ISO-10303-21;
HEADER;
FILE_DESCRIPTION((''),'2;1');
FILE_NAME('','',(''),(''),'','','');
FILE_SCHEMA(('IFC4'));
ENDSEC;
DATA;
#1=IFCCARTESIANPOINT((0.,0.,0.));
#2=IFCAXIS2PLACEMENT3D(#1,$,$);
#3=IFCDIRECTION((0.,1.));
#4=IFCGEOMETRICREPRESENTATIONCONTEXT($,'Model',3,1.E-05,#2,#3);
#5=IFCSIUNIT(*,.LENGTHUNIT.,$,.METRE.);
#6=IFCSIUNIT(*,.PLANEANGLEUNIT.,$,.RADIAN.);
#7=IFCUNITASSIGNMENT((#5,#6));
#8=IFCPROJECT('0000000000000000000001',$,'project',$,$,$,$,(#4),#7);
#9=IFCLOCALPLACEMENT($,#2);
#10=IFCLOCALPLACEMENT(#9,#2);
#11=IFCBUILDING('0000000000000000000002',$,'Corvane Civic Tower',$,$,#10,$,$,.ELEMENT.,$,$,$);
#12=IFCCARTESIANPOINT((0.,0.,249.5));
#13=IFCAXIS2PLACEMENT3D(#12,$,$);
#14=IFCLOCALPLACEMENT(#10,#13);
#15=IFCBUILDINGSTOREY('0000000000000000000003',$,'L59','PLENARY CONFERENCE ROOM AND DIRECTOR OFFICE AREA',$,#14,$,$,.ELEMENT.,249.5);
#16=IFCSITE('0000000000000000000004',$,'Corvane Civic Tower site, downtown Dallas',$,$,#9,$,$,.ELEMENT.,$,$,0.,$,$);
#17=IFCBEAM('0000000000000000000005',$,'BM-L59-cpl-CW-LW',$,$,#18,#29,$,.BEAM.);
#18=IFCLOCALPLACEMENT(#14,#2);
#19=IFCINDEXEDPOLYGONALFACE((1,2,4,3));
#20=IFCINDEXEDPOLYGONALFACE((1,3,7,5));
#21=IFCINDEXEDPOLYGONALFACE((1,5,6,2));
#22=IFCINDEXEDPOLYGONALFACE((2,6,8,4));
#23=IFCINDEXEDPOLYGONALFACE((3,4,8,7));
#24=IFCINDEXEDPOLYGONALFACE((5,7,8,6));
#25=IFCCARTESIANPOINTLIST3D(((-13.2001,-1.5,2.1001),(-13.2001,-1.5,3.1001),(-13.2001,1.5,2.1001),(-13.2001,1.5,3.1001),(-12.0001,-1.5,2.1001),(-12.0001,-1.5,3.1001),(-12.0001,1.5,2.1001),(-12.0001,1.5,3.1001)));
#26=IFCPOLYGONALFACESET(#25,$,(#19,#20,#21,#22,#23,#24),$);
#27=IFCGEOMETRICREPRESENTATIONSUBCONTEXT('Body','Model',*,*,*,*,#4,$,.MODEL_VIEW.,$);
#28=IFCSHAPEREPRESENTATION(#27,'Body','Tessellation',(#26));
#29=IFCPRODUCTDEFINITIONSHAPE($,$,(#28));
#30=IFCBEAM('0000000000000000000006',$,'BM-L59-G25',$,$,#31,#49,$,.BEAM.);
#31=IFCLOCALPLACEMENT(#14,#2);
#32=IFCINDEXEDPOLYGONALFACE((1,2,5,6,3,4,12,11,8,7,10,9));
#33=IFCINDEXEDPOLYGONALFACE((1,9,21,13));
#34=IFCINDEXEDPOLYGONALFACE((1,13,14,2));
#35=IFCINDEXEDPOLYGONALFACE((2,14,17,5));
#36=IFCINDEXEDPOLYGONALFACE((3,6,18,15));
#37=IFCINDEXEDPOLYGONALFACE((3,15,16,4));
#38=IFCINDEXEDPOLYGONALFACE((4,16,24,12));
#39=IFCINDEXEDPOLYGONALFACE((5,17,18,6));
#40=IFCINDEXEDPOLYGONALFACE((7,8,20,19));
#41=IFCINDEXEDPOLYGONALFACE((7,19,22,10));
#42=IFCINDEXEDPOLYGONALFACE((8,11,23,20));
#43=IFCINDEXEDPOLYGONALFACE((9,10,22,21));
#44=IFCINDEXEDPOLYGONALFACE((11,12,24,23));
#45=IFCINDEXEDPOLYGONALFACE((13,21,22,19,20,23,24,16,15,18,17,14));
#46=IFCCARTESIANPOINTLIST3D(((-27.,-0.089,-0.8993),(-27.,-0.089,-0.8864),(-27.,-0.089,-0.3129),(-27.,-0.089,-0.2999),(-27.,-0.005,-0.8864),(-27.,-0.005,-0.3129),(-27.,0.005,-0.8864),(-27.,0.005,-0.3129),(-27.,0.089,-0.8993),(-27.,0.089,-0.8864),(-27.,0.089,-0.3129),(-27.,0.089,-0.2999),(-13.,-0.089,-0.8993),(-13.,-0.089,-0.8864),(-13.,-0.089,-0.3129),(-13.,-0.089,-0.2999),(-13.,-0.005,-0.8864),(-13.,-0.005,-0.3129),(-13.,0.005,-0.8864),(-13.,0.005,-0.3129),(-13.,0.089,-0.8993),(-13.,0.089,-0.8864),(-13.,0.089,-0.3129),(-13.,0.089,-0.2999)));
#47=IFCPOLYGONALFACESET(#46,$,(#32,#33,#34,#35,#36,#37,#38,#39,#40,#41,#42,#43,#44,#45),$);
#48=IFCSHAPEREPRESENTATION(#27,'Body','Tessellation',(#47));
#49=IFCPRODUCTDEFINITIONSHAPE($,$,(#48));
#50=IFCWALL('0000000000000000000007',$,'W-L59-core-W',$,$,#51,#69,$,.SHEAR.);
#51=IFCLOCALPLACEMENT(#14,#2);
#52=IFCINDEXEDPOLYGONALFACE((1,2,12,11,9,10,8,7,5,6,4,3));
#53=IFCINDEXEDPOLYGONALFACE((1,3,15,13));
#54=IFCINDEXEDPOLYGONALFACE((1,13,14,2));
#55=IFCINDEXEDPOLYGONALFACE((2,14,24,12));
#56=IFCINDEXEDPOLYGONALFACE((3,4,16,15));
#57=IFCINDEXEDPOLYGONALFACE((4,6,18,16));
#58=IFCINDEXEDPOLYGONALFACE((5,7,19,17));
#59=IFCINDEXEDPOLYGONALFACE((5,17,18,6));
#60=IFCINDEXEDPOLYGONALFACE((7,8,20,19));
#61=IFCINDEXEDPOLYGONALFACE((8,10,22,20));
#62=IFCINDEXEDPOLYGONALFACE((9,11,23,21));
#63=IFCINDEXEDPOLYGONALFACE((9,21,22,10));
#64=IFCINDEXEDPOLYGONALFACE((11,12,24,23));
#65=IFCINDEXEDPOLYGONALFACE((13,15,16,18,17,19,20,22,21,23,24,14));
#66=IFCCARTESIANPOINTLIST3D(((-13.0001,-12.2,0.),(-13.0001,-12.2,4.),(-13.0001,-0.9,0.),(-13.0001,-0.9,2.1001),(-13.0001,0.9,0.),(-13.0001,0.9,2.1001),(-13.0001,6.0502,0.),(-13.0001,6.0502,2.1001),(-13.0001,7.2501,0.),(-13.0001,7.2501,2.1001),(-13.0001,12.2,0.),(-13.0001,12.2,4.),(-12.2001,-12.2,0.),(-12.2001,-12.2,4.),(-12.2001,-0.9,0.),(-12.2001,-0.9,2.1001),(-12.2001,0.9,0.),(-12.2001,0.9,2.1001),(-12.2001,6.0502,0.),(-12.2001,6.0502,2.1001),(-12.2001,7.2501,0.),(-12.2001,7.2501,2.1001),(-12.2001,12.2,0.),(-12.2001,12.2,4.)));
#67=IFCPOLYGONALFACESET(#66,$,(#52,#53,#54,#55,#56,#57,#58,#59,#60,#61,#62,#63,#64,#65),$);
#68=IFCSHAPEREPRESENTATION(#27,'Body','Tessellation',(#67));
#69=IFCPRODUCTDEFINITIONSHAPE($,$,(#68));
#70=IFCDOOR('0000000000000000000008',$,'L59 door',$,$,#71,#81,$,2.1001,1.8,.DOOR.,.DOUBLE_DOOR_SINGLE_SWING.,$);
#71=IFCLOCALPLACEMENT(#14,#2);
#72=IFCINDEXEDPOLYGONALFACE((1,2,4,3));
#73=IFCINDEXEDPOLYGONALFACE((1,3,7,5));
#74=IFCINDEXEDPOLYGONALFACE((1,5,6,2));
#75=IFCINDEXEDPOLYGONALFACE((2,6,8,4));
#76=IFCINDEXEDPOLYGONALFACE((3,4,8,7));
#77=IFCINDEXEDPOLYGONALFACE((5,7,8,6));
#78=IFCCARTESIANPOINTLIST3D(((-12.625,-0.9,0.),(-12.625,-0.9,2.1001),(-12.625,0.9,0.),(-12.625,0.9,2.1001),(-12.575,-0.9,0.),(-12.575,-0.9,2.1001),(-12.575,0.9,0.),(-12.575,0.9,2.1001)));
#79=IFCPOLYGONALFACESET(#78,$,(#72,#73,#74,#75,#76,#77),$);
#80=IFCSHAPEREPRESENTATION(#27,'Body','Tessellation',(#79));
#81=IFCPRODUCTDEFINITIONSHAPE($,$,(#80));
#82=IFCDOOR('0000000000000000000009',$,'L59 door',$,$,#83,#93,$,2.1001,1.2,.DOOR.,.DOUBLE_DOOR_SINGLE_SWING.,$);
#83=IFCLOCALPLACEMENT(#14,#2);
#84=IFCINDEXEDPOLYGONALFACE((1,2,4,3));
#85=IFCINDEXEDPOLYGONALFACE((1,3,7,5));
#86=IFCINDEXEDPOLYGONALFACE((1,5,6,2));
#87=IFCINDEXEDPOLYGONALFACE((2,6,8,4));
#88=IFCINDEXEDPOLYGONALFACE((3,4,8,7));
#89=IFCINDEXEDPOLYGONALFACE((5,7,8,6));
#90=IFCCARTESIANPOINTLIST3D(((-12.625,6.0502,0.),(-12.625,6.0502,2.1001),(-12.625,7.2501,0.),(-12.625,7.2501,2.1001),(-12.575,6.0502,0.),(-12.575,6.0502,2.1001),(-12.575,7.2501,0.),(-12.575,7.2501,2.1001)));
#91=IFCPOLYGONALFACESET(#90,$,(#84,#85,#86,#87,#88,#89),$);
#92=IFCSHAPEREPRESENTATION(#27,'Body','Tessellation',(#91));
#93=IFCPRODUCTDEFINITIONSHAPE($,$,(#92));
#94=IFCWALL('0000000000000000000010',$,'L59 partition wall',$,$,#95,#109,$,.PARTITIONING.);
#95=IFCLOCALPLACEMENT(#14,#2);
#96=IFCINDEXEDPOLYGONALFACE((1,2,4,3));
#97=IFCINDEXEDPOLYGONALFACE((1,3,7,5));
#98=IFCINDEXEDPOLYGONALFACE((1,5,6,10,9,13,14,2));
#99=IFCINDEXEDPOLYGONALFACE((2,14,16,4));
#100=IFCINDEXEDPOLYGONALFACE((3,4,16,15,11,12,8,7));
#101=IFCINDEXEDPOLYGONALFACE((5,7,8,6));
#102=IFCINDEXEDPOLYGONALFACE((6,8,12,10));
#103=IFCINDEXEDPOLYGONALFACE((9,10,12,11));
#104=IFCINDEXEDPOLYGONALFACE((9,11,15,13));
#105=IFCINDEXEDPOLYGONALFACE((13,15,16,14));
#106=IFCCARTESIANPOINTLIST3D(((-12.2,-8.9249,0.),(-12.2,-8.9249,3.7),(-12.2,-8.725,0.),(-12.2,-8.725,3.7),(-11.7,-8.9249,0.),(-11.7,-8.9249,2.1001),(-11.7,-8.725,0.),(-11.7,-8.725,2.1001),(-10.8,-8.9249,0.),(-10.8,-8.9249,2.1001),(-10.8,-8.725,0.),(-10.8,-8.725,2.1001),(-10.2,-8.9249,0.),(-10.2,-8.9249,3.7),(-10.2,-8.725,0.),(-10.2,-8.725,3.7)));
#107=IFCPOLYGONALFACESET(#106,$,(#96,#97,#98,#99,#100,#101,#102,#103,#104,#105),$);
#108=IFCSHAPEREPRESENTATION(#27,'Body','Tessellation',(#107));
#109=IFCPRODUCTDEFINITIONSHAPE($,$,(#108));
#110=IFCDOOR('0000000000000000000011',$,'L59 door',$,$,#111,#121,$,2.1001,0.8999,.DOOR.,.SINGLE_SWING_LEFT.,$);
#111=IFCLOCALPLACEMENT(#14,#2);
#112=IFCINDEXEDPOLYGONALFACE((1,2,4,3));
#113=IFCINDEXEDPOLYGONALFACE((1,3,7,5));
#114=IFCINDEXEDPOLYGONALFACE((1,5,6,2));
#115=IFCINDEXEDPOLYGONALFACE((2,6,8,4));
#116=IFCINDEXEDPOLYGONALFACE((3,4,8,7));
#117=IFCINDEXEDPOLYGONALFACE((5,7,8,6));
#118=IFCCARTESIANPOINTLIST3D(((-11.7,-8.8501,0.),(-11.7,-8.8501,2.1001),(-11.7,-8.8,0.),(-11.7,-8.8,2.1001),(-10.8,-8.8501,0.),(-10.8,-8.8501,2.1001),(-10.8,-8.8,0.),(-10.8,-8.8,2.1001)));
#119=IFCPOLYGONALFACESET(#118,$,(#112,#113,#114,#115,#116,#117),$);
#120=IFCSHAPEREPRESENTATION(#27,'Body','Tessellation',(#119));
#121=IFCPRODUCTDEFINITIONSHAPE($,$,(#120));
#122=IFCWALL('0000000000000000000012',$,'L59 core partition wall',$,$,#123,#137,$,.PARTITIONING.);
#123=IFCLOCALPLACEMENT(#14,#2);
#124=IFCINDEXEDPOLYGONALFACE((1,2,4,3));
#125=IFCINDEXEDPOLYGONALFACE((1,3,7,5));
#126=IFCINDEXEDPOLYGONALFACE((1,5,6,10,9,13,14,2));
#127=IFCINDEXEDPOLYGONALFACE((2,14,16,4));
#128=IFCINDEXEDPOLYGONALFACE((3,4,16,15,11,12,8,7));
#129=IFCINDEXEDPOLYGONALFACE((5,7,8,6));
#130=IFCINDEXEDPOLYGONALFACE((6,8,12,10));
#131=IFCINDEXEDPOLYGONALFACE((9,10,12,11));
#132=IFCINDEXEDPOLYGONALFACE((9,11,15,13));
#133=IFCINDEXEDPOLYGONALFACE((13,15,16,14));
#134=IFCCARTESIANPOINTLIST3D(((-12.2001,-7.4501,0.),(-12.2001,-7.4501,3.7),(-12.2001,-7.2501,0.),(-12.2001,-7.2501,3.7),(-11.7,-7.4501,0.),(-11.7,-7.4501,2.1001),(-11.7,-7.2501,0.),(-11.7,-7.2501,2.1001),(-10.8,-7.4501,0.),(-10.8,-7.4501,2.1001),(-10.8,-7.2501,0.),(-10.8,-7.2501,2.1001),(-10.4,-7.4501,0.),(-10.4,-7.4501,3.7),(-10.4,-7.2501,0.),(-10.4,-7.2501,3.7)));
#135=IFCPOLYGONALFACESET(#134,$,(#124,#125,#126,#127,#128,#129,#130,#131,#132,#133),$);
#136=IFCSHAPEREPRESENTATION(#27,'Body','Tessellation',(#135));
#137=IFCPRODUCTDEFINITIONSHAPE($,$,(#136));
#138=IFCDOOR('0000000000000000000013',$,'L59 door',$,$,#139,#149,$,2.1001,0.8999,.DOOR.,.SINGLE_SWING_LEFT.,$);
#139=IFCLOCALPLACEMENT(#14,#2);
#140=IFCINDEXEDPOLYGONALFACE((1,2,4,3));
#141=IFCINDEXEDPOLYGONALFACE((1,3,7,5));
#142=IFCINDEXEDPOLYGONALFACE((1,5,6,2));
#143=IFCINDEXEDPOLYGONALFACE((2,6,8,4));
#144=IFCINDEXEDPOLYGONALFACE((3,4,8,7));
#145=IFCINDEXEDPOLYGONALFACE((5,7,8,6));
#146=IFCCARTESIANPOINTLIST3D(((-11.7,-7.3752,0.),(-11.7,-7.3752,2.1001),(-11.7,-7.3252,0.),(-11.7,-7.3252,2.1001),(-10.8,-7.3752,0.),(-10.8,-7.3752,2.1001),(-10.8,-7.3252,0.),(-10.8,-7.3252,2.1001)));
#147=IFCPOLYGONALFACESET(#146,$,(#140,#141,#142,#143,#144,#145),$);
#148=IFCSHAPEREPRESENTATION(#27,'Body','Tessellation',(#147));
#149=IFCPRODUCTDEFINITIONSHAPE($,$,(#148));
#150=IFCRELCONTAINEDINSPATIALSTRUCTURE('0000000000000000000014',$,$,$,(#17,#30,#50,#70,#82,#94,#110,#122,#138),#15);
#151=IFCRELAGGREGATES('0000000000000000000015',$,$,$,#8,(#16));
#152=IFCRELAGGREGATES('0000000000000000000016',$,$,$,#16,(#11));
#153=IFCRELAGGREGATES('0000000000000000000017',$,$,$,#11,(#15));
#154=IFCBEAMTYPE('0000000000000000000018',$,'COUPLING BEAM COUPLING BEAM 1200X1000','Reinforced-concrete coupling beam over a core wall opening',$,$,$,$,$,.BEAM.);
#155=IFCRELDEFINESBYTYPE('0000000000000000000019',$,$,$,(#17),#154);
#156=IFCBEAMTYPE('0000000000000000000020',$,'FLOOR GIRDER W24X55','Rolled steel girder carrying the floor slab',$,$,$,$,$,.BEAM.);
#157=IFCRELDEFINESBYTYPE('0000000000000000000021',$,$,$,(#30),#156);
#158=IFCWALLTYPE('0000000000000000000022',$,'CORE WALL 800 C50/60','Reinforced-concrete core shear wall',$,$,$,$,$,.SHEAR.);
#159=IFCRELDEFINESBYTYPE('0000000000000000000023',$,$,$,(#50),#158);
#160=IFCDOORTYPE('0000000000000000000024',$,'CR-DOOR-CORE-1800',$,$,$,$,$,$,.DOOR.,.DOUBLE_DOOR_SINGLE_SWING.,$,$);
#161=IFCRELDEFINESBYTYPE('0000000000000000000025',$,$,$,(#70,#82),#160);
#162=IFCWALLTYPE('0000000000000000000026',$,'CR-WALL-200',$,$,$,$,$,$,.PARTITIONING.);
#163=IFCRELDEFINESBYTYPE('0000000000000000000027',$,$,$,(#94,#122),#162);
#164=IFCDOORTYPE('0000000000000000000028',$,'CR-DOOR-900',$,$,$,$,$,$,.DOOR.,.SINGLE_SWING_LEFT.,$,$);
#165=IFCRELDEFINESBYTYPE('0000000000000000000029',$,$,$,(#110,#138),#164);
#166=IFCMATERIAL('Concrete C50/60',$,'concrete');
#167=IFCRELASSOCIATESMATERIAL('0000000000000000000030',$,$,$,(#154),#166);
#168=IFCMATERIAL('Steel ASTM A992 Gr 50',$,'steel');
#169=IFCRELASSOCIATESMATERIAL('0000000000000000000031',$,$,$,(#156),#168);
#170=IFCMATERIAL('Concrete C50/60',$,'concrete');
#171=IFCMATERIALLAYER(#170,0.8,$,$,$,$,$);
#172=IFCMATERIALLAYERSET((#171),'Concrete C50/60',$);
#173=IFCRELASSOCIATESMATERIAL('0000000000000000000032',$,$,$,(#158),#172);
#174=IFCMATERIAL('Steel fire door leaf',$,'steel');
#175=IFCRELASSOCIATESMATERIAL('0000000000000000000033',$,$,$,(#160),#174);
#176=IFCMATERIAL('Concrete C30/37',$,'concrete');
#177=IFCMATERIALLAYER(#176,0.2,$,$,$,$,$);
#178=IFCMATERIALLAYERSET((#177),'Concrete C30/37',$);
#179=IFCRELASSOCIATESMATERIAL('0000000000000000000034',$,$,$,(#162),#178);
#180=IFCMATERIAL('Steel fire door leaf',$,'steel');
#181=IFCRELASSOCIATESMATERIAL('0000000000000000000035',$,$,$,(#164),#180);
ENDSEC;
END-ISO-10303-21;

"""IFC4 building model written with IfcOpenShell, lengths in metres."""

from ifc_helpers import new_model, si_unit, direction, frame, frame_2d, origin, origin_2d, place, context, subcontext, project, spatial, rectangle, i_section, extrude, material, layer, layer_set, material_profile, profile_set, type_object, element, fill, save


model = new_model("IFC4")

# Units and contexts
model_context = context("Model", 3, precision=1e-05, world=origin(), true_north=direction((0.0, 1.0)))
body_context = subcontext(model_context, "Body", "Model", "MODEL_VIEW")
ifc_project = project(units=[si_unit("LENGTHUNIT", "METRE"), si_unit("PLANEANGLEUNIT", "RADIAN")], contexts=[model_context])

# Site, building, storey
site_placement = place(None, origin())
site = spatial("IfcSite", under=ifc_project, at=site_placement, Name="Corvane Civic Tower site, downtown Dallas", CompositionType="ELEMENT", RefElevation=0.0)
building_placement = place(site_placement, origin())
building = spatial("IfcBuilding", under=site, at=building_placement, Name="Corvane Civic Tower", CompositionType="ELEMENT")
storey_placement = place(building_placement, frame((0.0, 0.0, 249.5)))
storey = spatial("IfcBuildingStorey", under=building, at=storey_placement, Name="L59", Description="PLENARY CONFERENCE ROOM AND DIRECTOR OFFICE AREA", CompositionType="ELEMENT", Elevation=249.5)

# Beams
ifc_material_1 = material(Name="Concrete C50/60", Category="concrete")
ifc_material_profile_1 = material_profile(ifc_material_1, rectangle(XDim=1.2, YDim=1.0, at=origin_2d()), Name="COUPLING BEAM 1200X1000")
ifc_profile_set_1 = profile_set([ifc_material_profile_1], Name="Concrete C50/60")
beam_type_1 = type_object("IfcBeamType", Name="COUPLING BEAM COUPLING BEAM 1200X1000", Description="Reinforced-concrete coupling beam over a core wall opening", PredefinedType="BEAM", material=ifc_profile_set_1)
beam_1_placement = place(storey_placement, frame((-12.6001, -1.5, 2.6001), z_axis=(0.0, 1.0, 0.0), x_axis=(-1.0, 0.0, 0.0)))
element("IfcBeam", 1, at=beam_1_placement, inside=storey, type_object=beam_type_1, Name="BM-L59-cpl-CW-LW", PredefinedType="BEAM", context=body_context, shape_type="SweptSolid", body=[
    extrude(rectangle(XDim=1.2, YDim=1.0, at=origin_2d()), origin(), (0.0, 0.0, 1.0), 3.0),
])
ifc_material_2 = material(Name="Steel ASTM A992 Gr 50", Category="steel")
ifc_material_profile_2 = material_profile(ifc_material_2, i_section(OverallWidth=0.178, OverallDepth=0.5994, WebThickness=0.01, FlangeThickness=0.0129, at=origin_2d()), Name="W24X55")
ifc_profile_set_2 = profile_set([ifc_material_profile_2], Name="Steel ASTM A992 Gr 50")
beam_type_2 = type_object("IfcBeamType", Name="FLOOR GIRDER W24X55", Description="Rolled steel girder carrying the floor slab", PredefinedType="BEAM", material=ifc_profile_set_2)
beam_2_placement = place(storey_placement, frame((-13.0, 0.0, -0.5996), z_axis=(-1.0, 0.0, 0.0), x_axis=(0.0, -1.0, 0.0)))
element("IfcBeam", 2, at=beam_2_placement, inside=storey, type_object=beam_type_2, Name="BM-L59-G25", PredefinedType="BEAM", context=body_context, shape_type="SweptSolid", body=[
    extrude(i_section(OverallWidth=0.178, OverallDepth=0.5994, WebThickness=0.01, FlangeThickness=0.0129, at=origin_2d()), origin(), (0.0, 0.0, 1.0), 14.0),
])

# Wall, openings, doors
ifc_material_3 = material(Name="Concrete C50/60", Category="concrete")
ifc_layer_1 = layer(ifc_material_3, 0.8)
ifc_layer_set_1 = layer_set([ifc_layer_1], Name="Concrete C50/60")
wall_type_1 = type_object("IfcWallType", Name="CORE WALL 800 C50/60", Description="Reinforced-concrete core shear wall", PredefinedType="SHEAR", material=ifc_layer_set_1)
wall_1_placement = place(storey_placement, frame((-12.6001, -12.2, 0.0), z_axis=(0.0, 0.0, 1.0), x_axis=(0.0, 1.0, 0.0)))
wall_1 = element("IfcWall", 3, at=wall_1_placement, inside=storey, type_object=wall_type_1, Name="W-L59-core-W", PredefinedType="SHEAR", context=body_context, shape_type="SweptSolid", body=[
    extrude(rectangle(XDim=24.3999, YDim=0.8, at=frame_2d((12.2, 0.0))), origin(), (0.0, 0.0, 1.0), 4.0),
])
opening_1_placement = place(wall_1_placement, frame((11.3, 0.0, 0.0)))
opening_1 = element("IfcOpeningElement", 4, at=opening_1_placement, cuts=wall_1, PredefinedType="OPENING", context=body_context, shape_type="SweptSolid", body=[
    extrude(rectangle(XDim=1.8, YDim=2.1001, at=frame_2d((0.8999, 1.05))), frame((0.0, 0.4099, 0.0), z_axis=(0.0, -1.0, 0.0), x_axis=(1.0, 0.0, 0.0)), (0.0, 0.0, 1.0), 0.8201),
])
opening_2_placement = place(wall_1_placement, frame((18.25, 0.0, 0.0)))
opening_2 = element("IfcOpeningElement", 5, at=opening_2_placement, cuts=wall_1, PredefinedType="OPENING", context=body_context, shape_type="SweptSolid", body=[
    extrude(rectangle(XDim=1.2, YDim=2.1001, at=frame_2d((0.6001, 1.05))), frame((0.0, 0.4099, 0.0), z_axis=(0.0, -1.0, 0.0), x_axis=(1.0, 0.0, 0.0)), (0.0, 0.0, 1.0), 0.8201),
])
ifc_material_4 = material(Name="Steel fire door leaf", Category="steel")
door_type_1 = type_object("IfcDoorType", Name="CR-DOOR-CORE-1800", OperationType="DOUBLE_DOOR_SINGLE_SWING", PredefinedType="DOOR", material=ifc_material_4)
door_1_placement = place(opening_1_placement, origin())
door_1 = element("IfcDoor", 6, at=door_1_placement, inside=storey, type_object=door_type_1, Name="L59 door", OperationType="DOUBLE_DOOR_SINGLE_SWING", OverallHeight=2.1001, OverallWidth=1.8, PredefinedType="DOOR", context=body_context, shape_type="SweptSolid", body=[
    extrude(rectangle(XDim=1.8, YDim=2.1001, at=frame_2d((0.8999, 1.05))), frame((0.0, 0.0249, 0.0), z_axis=(0.0, -1.0, 0.0), x_axis=(1.0, 0.0, 0.0)), (0.0, 0.0, 1.0), 0.05),
])
fill(opening_1, door_1)
door_2_placement = place(opening_2_placement, origin())
door_2 = element("IfcDoor", 7, at=door_2_placement, inside=storey, type_object=door_type_1, Name="L59 door", OperationType="DOUBLE_DOOR_SINGLE_SWING", OverallHeight=2.1001, OverallWidth=1.2, PredefinedType="DOOR", context=body_context, shape_type="SweptSolid", body=[
    extrude(rectangle(XDim=1.2, YDim=2.1001, at=frame_2d((0.6001, 1.05))), frame((0.0, 0.0249, 0.0), z_axis=(0.0, -1.0, 0.0), x_axis=(1.0, 0.0, 0.0)), (0.0, 0.0, 1.0), 0.05),
])
fill(opening_2, door_2)

# Walls, openings, doors
ifc_material_5 = material(Name="Concrete C30/37", Category="concrete")
ifc_layer_2 = layer(ifc_material_5, 0.2)
ifc_layer_set_2 = layer_set([ifc_layer_2], Name="Concrete C30/37")
wall_type_2 = type_object("IfcWallType", Name="CR-WALL-200", PredefinedType="PARTITIONING", material=ifc_layer_set_2)
wall_2_placement = place(storey_placement, frame((-12.2, -8.825, 0.0), z_axis=(0.0, 0.0, 1.0), x_axis=(1.0, 0.0, 0.0)))
wall_2 = element("IfcWall", 8, at=wall_2_placement, inside=storey, type_object=wall_type_2, Name="L59 partition wall", PredefinedType="PARTITIONING", context=body_context, shape_type="SweptSolid", body=[
    extrude(rectangle(XDim=2.0, YDim=0.2, at=frame_2d((1.0, 0.0))), origin(), (0.0, 0.0, 1.0), 3.7),
])
opening_3_placement = place(wall_2_placement, frame((0.5, 0.0, 0.0)))
opening_3 = element("IfcOpeningElement", 9, at=opening_3_placement, cuts=wall_2, PredefinedType="OPENING", context=body_context, shape_type="SweptSolid", body=[
    extrude(rectangle(XDim=0.8999, YDim=2.1001, at=frame_2d((0.45, 1.05))), frame((0.0, 0.1099, 0.0), z_axis=(0.0, -1.0, 0.0), x_axis=(1.0, 0.0, 0.0)), (0.0, 0.0, 1.0), 0.22),
])
ifc_material_6 = material(Name="Steel fire door leaf", Category="steel")
door_type_2 = type_object("IfcDoorType", Name="CR-DOOR-900", OperationType="SINGLE_SWING_LEFT", PredefinedType="DOOR", material=ifc_material_6)
door_3_placement = place(opening_3_placement, origin())
door_3 = element("IfcDoor", 10, at=door_3_placement, inside=storey, type_object=door_type_2, Name="L59 door", OperationType="SINGLE_SWING_LEFT", OverallHeight=2.1001, OverallWidth=0.8999, PredefinedType="DOOR", context=body_context, shape_type="SweptSolid", body=[
    extrude(rectangle(XDim=0.8999, YDim=2.1001, at=frame_2d((0.45, 1.05))), frame((0.0, 0.0249, 0.0), z_axis=(0.0, -1.0, 0.0), x_axis=(1.0, 0.0, 0.0)), (0.0, 0.0, 1.0), 0.05),
])
fill(opening_3, door_3)
wall_3_placement = place(storey_placement, frame((-12.2, -7.3501, 0.0), z_axis=(0.0, 0.0, 1.0), x_axis=(1.0, 0.0, 0.0)))
wall_3 = element("IfcWall", 11, at=wall_3_placement, inside=storey, type_object=wall_type_2, Name="L59 core partition wall", PredefinedType="PARTITIONING", context=body_context, shape_type="SweptSolid", body=[
    extrude(rectangle(XDim=1.8, YDim=0.2, at=frame_2d((0.8999, 0.0))), origin(), (0.0, 0.0, 1.0), 3.7),
])
opening_4_placement = place(wall_3_placement, frame((0.5, 0.0, 0.0)))
opening_4 = element("IfcOpeningElement", 12, at=opening_4_placement, cuts=wall_3, PredefinedType="OPENING", context=body_context, shape_type="SweptSolid", body=[
    extrude(rectangle(XDim=0.8999, YDim=2.1001, at=frame_2d((0.45, 1.05))), frame((0.0, 0.1099, 0.0), z_axis=(0.0, -1.0, 0.0), x_axis=(1.0, 0.0, 0.0)), (0.0, 0.0, 1.0), 0.22),
])
door_4_placement = place(opening_4_placement, origin())
door_4 = element("IfcDoor", 13, at=door_4_placement, inside=storey, type_object=door_type_2, Name="L59 door", OperationType="SINGLE_SWING_LEFT", OverallHeight=2.1001, OverallWidth=0.8999, PredefinedType="DOOR", context=body_context, shape_type="SweptSolid", body=[
    extrude(rectangle(XDim=0.8999, YDim=2.1001, at=frame_2d((0.45, 1.05))), frame((0.0, 0.0249, 0.0), z_axis=(0.0, -1.0, 0.0), x_axis=(1.0, 0.0, 0.0)), (0.0, 0.0, 1.0), 0.05),
])
fill(opening_4, door_4)

save(model, "model.ifc")
